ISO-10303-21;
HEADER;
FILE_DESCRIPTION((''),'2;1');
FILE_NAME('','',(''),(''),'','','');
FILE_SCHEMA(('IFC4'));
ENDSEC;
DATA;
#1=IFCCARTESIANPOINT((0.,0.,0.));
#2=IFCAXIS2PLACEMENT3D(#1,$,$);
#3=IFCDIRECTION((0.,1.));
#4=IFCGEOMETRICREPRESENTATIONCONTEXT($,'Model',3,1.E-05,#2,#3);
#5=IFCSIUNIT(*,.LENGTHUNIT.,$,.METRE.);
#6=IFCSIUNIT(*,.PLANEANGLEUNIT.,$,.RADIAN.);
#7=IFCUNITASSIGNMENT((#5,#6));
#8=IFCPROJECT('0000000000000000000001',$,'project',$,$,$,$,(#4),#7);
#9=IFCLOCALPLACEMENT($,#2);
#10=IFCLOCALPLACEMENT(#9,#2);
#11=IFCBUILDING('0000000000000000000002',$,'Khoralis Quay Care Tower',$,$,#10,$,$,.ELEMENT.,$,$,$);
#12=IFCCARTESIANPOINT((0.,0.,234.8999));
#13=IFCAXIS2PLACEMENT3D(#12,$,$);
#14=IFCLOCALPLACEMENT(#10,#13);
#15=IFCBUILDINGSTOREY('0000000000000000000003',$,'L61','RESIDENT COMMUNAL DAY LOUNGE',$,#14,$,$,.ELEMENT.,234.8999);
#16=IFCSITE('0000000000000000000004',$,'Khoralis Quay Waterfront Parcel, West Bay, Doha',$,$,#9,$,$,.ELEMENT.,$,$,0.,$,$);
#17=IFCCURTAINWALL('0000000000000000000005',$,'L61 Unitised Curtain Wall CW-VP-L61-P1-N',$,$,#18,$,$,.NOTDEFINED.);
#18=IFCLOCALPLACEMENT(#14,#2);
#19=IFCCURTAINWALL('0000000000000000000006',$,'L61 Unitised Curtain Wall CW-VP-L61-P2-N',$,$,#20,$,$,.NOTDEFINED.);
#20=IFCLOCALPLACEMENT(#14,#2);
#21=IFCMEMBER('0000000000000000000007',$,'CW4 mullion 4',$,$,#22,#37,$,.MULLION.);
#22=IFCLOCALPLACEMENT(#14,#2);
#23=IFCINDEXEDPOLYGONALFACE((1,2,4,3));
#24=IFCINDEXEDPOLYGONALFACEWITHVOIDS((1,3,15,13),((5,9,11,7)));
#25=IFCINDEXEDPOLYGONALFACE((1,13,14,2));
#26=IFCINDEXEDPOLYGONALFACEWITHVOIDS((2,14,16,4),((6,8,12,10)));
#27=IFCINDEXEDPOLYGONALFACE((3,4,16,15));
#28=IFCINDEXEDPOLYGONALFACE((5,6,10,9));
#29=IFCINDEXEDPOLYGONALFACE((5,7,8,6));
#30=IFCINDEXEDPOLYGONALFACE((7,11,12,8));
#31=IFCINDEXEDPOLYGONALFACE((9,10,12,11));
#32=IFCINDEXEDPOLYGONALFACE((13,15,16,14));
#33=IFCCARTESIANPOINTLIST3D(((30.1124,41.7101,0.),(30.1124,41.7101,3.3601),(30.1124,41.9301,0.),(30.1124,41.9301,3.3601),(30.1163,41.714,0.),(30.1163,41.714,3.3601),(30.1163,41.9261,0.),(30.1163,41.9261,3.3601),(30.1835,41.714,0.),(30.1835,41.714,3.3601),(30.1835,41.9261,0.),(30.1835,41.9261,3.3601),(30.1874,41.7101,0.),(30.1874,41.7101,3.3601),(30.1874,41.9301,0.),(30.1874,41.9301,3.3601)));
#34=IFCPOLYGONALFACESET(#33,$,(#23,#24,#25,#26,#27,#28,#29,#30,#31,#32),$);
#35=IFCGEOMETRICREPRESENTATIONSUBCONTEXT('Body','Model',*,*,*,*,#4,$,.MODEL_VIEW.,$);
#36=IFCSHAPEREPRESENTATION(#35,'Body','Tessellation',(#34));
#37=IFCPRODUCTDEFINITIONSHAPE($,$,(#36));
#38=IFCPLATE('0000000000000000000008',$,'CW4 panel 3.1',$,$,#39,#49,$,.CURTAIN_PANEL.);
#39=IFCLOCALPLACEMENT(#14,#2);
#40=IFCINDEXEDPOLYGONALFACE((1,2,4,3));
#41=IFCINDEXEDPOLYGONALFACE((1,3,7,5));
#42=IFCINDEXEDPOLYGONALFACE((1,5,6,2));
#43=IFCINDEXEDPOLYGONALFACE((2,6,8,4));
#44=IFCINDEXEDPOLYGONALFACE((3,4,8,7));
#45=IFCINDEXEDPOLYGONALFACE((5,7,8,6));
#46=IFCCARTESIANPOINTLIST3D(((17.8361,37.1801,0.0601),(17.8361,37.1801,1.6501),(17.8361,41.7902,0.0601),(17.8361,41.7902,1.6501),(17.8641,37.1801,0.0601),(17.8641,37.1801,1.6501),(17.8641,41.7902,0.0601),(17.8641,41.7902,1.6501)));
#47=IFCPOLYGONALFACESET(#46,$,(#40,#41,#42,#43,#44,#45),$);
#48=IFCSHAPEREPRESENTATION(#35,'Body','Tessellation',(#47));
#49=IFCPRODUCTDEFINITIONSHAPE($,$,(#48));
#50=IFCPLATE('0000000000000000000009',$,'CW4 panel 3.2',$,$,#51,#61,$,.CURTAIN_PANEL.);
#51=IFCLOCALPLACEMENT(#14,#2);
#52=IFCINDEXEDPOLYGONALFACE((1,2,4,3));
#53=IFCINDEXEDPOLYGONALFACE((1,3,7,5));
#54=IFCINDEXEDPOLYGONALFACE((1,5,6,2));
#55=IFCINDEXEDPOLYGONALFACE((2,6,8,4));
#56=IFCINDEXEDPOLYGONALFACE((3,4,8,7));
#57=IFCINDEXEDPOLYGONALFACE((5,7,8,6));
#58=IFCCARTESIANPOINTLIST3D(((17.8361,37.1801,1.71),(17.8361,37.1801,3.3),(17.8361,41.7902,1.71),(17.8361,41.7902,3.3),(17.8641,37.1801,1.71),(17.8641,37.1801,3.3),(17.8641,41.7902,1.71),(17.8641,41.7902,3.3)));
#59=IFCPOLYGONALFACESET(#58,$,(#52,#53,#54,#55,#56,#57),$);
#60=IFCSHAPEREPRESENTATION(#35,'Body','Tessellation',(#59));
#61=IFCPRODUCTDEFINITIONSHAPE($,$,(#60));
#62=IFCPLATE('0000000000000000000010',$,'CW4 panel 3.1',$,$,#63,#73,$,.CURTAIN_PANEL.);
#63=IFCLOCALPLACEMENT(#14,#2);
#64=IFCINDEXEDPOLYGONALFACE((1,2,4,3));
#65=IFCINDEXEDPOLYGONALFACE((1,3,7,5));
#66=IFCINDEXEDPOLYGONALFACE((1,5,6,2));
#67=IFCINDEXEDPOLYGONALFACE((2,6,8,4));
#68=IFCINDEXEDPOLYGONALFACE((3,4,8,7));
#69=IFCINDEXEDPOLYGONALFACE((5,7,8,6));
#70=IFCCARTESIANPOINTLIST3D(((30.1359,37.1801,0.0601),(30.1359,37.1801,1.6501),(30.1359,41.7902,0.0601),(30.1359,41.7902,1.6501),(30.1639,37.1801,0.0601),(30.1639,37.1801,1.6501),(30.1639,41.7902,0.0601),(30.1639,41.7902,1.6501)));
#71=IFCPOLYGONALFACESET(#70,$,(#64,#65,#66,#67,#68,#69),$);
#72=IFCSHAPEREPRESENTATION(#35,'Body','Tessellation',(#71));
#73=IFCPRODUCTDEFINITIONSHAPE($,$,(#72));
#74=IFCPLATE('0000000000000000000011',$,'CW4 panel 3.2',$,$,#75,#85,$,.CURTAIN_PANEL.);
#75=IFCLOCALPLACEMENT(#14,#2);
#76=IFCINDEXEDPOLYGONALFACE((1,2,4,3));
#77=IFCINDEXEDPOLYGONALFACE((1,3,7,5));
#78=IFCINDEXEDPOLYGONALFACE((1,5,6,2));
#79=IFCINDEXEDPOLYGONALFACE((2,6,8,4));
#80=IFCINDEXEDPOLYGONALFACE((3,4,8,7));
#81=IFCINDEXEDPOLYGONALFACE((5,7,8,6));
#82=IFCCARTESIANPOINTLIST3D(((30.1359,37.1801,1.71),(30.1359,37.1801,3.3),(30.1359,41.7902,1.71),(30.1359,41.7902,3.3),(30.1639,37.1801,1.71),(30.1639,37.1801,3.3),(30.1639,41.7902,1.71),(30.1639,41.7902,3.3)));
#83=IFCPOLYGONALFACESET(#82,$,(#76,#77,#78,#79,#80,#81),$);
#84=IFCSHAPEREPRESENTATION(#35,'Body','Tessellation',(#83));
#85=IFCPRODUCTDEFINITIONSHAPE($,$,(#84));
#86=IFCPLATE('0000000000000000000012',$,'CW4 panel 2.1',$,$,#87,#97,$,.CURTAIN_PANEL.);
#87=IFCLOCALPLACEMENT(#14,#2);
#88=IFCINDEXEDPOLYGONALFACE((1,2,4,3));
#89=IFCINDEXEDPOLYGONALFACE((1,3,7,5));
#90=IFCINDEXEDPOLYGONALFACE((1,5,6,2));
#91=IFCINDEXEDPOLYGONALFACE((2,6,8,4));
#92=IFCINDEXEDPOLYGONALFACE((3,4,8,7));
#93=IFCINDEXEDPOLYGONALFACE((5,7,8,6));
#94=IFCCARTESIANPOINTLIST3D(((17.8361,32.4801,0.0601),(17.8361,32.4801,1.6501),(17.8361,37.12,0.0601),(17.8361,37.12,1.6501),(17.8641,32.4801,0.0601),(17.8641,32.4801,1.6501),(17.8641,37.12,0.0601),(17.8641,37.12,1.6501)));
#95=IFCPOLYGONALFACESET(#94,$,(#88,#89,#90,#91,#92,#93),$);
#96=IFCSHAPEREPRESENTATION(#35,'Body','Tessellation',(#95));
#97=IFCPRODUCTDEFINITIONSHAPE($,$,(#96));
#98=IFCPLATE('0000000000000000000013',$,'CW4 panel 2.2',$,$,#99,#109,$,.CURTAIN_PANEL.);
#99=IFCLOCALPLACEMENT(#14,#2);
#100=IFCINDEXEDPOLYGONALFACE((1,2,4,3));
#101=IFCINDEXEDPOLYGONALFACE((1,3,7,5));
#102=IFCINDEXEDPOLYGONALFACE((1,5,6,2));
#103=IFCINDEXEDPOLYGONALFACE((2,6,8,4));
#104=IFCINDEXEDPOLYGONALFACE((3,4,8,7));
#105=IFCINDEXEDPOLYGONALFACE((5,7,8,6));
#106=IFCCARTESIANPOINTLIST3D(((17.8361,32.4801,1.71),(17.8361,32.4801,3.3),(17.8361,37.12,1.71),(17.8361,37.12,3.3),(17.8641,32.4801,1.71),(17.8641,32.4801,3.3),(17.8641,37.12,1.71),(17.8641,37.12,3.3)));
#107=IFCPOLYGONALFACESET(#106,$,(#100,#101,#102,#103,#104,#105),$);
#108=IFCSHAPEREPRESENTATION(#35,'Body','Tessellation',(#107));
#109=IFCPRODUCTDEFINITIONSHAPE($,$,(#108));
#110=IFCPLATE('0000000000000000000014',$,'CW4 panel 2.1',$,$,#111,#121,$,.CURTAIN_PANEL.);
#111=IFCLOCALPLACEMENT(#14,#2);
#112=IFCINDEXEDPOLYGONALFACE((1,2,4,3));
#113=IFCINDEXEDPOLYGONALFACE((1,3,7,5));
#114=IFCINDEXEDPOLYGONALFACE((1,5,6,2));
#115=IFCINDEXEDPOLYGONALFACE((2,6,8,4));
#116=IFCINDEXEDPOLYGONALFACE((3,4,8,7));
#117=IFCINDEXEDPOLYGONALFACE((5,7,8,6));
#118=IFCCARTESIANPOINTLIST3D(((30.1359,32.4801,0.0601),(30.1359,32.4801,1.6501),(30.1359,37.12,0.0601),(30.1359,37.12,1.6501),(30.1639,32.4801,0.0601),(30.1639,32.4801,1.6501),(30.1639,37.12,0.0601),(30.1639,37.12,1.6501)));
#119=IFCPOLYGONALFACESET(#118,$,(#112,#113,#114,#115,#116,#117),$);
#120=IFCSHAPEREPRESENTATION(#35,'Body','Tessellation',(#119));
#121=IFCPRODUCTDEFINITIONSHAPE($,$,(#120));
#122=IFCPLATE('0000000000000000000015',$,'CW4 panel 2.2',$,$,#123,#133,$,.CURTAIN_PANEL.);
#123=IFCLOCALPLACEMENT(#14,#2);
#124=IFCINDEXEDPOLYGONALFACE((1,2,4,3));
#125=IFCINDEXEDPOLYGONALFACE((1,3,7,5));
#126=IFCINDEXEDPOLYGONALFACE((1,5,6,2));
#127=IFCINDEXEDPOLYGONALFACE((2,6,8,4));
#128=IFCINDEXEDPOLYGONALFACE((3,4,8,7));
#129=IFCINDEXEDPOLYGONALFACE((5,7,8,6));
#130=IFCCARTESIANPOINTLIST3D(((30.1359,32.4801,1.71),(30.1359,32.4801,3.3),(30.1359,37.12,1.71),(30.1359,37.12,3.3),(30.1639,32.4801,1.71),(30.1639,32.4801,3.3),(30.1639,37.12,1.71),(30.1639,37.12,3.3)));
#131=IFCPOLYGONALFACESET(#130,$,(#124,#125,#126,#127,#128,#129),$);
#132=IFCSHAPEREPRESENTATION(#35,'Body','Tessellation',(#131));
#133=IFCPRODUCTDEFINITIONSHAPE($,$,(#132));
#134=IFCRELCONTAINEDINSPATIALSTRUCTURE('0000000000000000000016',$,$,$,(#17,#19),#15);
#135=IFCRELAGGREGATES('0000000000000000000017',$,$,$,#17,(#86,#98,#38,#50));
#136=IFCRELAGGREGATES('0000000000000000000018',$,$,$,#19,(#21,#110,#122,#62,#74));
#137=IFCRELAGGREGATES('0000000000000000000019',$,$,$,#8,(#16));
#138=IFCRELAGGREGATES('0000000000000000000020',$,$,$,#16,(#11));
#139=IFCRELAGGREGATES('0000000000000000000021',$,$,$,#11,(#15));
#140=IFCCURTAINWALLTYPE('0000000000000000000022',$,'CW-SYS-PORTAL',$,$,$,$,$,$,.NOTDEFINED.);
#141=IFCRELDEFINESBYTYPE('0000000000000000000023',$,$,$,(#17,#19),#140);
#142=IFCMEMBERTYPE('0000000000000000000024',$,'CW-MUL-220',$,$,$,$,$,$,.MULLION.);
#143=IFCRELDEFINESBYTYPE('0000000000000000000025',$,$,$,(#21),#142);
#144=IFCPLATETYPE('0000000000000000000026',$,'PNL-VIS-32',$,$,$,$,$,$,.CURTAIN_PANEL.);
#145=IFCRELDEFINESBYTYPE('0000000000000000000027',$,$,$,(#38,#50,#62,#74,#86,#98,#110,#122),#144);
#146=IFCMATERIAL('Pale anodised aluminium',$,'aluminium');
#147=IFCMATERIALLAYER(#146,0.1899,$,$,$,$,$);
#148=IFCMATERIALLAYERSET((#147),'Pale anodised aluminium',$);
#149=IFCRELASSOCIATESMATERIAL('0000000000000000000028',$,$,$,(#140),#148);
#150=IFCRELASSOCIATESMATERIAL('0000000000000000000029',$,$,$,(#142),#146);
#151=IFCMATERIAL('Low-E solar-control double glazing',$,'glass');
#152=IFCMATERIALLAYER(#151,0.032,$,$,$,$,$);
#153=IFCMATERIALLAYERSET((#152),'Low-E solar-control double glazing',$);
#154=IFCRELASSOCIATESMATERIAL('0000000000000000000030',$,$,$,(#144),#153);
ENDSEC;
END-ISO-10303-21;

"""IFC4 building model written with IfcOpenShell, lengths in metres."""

from ifc_helpers import new_model, si_unit, direction, frame, origin, origin_2d, place, context, subcontext, project, spatial, rectangle, hollow_rectangle, extrude, source, transform, mapped, material, layer, layer_set, material_profile, profile_set, type_object, element, aggregate, save


model = new_model("IFC4")

# Units and contexts
model_context = context("Model", 3, precision=1e-05, world=origin(), true_north=direction((0.0, 1.0)))
body_context = subcontext(model_context, "Body", "Model", "MODEL_VIEW")
ifc_project = project(units=[si_unit("LENGTHUNIT", "METRE"), si_unit("PLANEANGLEUNIT", "RADIAN")], contexts=[model_context])

# Site, building, storey
site_placement = place(None, origin())
site = spatial("IfcSite", under=ifc_project, at=site_placement, Name="Khoralis Quay Waterfront Parcel, West Bay, Doha", CompositionType="ELEMENT", RefElevation=0.0)
building_placement = place(site_placement, origin())
building = spatial("IfcBuilding", under=site, at=building_placement, Name="Khoralis Quay Care Tower", CompositionType="ELEMENT")
storey_placement = place(building_placement, frame((0.0, 0.0, 234.8999)))
storey = spatial("IfcBuildingStorey", under=building, at=storey_placement, Name="L61", Description="RESIDENT COMMUNAL DAY LOUNGE", CompositionType="ELEMENT", Elevation=234.8999)

# Curtain walls
ifc_material_1 = material(Name="Pale anodised aluminium", Category="aluminium")
ifc_layer_1 = layer(ifc_material_1, 0.1899)
ifc_layer_set_1 = layer_set([ifc_layer_1], Name="Pale anodised aluminium")
curtain_wall_type = type_object("IfcCurtainWallType", Name="CW-SYS-PORTAL", PredefinedType="NOTDEFINED", material=ifc_layer_set_1)
curtain_wall_1_placement = place(storey_placement, origin())
curtain_wall_1 = element("IfcCurtainWall", 1, at=curtain_wall_1_placement, inside=storey, type_object=curtain_wall_type, Name="L61 Unitised Curtain Wall CW-VP-L61-P1-N", PredefinedType="NOTDEFINED")
curtain_wall_2_placement = place(storey_placement, origin())
curtain_wall_2 = element("IfcCurtainWall", 2, at=curtain_wall_2_placement, inside=storey, type_object=curtain_wall_type, Name="L61 Unitised Curtain Wall CW-VP-L61-P2-N", PredefinedType="NOTDEFINED")

# Member
ifc_material_profile_1 = material_profile(ifc_material_1, hollow_rectangle(XDim=0.075, YDim=0.22, WallThickness=0.0039, at=origin_2d()), Name="Pale anodised aluminium")
ifc_profile_set_1 = profile_set([ifc_material_profile_1], Name="Pale anodised aluminium")
member_type_1 = type_object("IfcMemberType", Name="CW-MUL-220", PredefinedType="MULLION", material=ifc_profile_set_1)
shared_shape_1 = source(origin(), body_context, "Body", "SweptSolid", [
    extrude(hollow_rectangle(XDim=0.075, YDim=0.22, WallThickness=0.0039, at=origin_2d()), origin(), (0.0, 0.0, 1.0), 3.3601),
])
member_1_placement = place(storey_placement, frame((30.1499, 41.8201, 0.0), z_axis=(0.0, 0.0, 1.0), x_axis=(-1.0, 0.0, 0.0)))
member_1 = element("IfcMember", 3, at=member_1_placement, type_object=member_type_1, Name="CW4 mullion 4", PredefinedType="MULLION", context=body_context, shape_type="MappedRepresentation", body=[
    mapped(shared_shape_1, transform((0.0, 0.0, 0.0), scale=1.0)),
])

# Plates
ifc_material_2 = material(Name="Low-E solar-control double glazing", Category="glass")
ifc_layer_2 = layer(ifc_material_2, 0.032)
ifc_layer_set_2 = layer_set([ifc_layer_2], Name="Low-E solar-control double glazing")
plate_type = type_object("IfcPlateType", Name="PNL-VIS-32", PredefinedType="CURTAIN_PANEL", material=ifc_layer_set_2)
shared_shape_2 = source(origin(), body_context, "Body", "SweptSolid", [
    extrude(rectangle(XDim=4.6101, YDim=0.0281, at=origin_2d()), origin(), (0.0, 0.0, 1.0), 1.5901),
])
plate_1_placement = place(storey_placement, frame((17.8501, 39.4851, 0.0601), z_axis=(0.0, 0.0, 1.0), x_axis=(0.0, 1.0, 0.0)))
plate_1 = element("IfcPlate", 4, at=plate_1_placement, type_object=plate_type, Name="CW4 panel 3.1", PredefinedType="CURTAIN_PANEL", context=body_context, shape_type="MappedRepresentation", body=[
    mapped(shared_shape_2, transform((0.0, 0.0, 0.0), scale=1.0)),
])
plate_2_placement = place(storey_placement, frame((17.8501, 39.4851, 1.71), z_axis=(0.0, 0.0, 1.0), x_axis=(0.0, 1.0, 0.0)))
plate_2 = element("IfcPlate", 5, at=plate_2_placement, type_object=plate_type, Name="CW4 panel 3.2", PredefinedType="CURTAIN_PANEL", context=body_context, shape_type="MappedRepresentation", body=[
    mapped(shared_shape_2, transform((0.0, 0.0, 0.0), scale=1.0)),
])
plate_3_placement = place(storey_placement, frame((30.1499, 39.4851, 0.0601), z_axis=(0.0, 0.0, 1.0), x_axis=(0.0, 1.0, 0.0)))
plate_3 = element("IfcPlate", 6, at=plate_3_placement, type_object=plate_type, Name="CW4 panel 3.1", PredefinedType="CURTAIN_PANEL", context=body_context, shape_type="MappedRepresentation", body=[
    mapped(shared_shape_2, transform((0.0, 0.0, 0.0), scale=1.0)),
])
plate_4_placement = place(storey_placement, frame((30.1499, 39.4851, 1.71), z_axis=(0.0, 0.0, 1.0), x_axis=(0.0, 1.0, 0.0)))
plate_4 = element("IfcPlate", 7, at=plate_4_placement, type_object=plate_type, Name="CW4 panel 3.2", PredefinedType="CURTAIN_PANEL", context=body_context, shape_type="MappedRepresentation", body=[
    mapped(shared_shape_2, transform((0.0, 0.0, 0.0), scale=1.0)),
])
shared_shape_3 = source(origin(), body_context, "Body", "SweptSolid", [
    extrude(rectangle(XDim=4.6399, YDim=0.0281, at=origin_2d()), origin(), (0.0, 0.0, 1.0), 1.5901),
])
plate_5_placement = place(storey_placement, frame((17.8501, 34.8, 0.0601), z_axis=(0.0, 0.0, 1.0), x_axis=(0.0, 1.0, 0.0)))
plate_5 = element("IfcPlate", 8, at=plate_5_placement, type_object=plate_type, Name="CW4 panel 2.1", PredefinedType="CURTAIN_PANEL", context=body_context, shape_type="MappedRepresentation", body=[
    mapped(shared_shape_3, transform((0.0, 0.0, 0.0), scale=1.0)),
])
plate_6_placement = place(storey_placement, frame((17.8501, 34.8, 1.71), z_axis=(0.0, 0.0, 1.0), x_axis=(0.0, 1.0, 0.0)))
plate_6 = element("IfcPlate", 9, at=plate_6_placement, type_object=plate_type, Name="CW4 panel 2.2", PredefinedType="CURTAIN_PANEL", context=body_context, shape_type="MappedRepresentation", body=[
    mapped(shared_shape_3, transform((0.0, 0.0, 0.0), scale=1.0)),
])
aggregate(curtain_wall_1, [plate_5, plate_6, plate_1, plate_2])
plate_7_placement = place(storey_placement, frame((30.1499, 34.8, 0.0601), z_axis=(0.0, 0.0, 1.0), x_axis=(0.0, 1.0, 0.0)))
plate_7 = element("IfcPlate", 10, at=plate_7_placement, type_object=plate_type, Name="CW4 panel 2.1", PredefinedType="CURTAIN_PANEL", context=body_context, shape_type="MappedRepresentation", body=[
    mapped(shared_shape_3, transform((0.0, 0.0, 0.0), scale=1.0)),
])
plate_8_placement = place(storey_placement, frame((30.1499, 34.8, 1.71), z_axis=(0.0, 0.0, 1.0), x_axis=(0.0, 1.0, 0.0)))
plate_8 = element("IfcPlate", 11, at=plate_8_placement, type_object=plate_type, Name="CW4 panel 2.2", PredefinedType="CURTAIN_PANEL", context=body_context, shape_type="MappedRepresentation", body=[
    mapped(shared_shape_3, transform((0.0, 0.0, 0.0), scale=1.0)),
])
aggregate(curtain_wall_2, [member_1, plate_7, plate_8, plate_3, plate_4])

save(model, "model.ifc")
